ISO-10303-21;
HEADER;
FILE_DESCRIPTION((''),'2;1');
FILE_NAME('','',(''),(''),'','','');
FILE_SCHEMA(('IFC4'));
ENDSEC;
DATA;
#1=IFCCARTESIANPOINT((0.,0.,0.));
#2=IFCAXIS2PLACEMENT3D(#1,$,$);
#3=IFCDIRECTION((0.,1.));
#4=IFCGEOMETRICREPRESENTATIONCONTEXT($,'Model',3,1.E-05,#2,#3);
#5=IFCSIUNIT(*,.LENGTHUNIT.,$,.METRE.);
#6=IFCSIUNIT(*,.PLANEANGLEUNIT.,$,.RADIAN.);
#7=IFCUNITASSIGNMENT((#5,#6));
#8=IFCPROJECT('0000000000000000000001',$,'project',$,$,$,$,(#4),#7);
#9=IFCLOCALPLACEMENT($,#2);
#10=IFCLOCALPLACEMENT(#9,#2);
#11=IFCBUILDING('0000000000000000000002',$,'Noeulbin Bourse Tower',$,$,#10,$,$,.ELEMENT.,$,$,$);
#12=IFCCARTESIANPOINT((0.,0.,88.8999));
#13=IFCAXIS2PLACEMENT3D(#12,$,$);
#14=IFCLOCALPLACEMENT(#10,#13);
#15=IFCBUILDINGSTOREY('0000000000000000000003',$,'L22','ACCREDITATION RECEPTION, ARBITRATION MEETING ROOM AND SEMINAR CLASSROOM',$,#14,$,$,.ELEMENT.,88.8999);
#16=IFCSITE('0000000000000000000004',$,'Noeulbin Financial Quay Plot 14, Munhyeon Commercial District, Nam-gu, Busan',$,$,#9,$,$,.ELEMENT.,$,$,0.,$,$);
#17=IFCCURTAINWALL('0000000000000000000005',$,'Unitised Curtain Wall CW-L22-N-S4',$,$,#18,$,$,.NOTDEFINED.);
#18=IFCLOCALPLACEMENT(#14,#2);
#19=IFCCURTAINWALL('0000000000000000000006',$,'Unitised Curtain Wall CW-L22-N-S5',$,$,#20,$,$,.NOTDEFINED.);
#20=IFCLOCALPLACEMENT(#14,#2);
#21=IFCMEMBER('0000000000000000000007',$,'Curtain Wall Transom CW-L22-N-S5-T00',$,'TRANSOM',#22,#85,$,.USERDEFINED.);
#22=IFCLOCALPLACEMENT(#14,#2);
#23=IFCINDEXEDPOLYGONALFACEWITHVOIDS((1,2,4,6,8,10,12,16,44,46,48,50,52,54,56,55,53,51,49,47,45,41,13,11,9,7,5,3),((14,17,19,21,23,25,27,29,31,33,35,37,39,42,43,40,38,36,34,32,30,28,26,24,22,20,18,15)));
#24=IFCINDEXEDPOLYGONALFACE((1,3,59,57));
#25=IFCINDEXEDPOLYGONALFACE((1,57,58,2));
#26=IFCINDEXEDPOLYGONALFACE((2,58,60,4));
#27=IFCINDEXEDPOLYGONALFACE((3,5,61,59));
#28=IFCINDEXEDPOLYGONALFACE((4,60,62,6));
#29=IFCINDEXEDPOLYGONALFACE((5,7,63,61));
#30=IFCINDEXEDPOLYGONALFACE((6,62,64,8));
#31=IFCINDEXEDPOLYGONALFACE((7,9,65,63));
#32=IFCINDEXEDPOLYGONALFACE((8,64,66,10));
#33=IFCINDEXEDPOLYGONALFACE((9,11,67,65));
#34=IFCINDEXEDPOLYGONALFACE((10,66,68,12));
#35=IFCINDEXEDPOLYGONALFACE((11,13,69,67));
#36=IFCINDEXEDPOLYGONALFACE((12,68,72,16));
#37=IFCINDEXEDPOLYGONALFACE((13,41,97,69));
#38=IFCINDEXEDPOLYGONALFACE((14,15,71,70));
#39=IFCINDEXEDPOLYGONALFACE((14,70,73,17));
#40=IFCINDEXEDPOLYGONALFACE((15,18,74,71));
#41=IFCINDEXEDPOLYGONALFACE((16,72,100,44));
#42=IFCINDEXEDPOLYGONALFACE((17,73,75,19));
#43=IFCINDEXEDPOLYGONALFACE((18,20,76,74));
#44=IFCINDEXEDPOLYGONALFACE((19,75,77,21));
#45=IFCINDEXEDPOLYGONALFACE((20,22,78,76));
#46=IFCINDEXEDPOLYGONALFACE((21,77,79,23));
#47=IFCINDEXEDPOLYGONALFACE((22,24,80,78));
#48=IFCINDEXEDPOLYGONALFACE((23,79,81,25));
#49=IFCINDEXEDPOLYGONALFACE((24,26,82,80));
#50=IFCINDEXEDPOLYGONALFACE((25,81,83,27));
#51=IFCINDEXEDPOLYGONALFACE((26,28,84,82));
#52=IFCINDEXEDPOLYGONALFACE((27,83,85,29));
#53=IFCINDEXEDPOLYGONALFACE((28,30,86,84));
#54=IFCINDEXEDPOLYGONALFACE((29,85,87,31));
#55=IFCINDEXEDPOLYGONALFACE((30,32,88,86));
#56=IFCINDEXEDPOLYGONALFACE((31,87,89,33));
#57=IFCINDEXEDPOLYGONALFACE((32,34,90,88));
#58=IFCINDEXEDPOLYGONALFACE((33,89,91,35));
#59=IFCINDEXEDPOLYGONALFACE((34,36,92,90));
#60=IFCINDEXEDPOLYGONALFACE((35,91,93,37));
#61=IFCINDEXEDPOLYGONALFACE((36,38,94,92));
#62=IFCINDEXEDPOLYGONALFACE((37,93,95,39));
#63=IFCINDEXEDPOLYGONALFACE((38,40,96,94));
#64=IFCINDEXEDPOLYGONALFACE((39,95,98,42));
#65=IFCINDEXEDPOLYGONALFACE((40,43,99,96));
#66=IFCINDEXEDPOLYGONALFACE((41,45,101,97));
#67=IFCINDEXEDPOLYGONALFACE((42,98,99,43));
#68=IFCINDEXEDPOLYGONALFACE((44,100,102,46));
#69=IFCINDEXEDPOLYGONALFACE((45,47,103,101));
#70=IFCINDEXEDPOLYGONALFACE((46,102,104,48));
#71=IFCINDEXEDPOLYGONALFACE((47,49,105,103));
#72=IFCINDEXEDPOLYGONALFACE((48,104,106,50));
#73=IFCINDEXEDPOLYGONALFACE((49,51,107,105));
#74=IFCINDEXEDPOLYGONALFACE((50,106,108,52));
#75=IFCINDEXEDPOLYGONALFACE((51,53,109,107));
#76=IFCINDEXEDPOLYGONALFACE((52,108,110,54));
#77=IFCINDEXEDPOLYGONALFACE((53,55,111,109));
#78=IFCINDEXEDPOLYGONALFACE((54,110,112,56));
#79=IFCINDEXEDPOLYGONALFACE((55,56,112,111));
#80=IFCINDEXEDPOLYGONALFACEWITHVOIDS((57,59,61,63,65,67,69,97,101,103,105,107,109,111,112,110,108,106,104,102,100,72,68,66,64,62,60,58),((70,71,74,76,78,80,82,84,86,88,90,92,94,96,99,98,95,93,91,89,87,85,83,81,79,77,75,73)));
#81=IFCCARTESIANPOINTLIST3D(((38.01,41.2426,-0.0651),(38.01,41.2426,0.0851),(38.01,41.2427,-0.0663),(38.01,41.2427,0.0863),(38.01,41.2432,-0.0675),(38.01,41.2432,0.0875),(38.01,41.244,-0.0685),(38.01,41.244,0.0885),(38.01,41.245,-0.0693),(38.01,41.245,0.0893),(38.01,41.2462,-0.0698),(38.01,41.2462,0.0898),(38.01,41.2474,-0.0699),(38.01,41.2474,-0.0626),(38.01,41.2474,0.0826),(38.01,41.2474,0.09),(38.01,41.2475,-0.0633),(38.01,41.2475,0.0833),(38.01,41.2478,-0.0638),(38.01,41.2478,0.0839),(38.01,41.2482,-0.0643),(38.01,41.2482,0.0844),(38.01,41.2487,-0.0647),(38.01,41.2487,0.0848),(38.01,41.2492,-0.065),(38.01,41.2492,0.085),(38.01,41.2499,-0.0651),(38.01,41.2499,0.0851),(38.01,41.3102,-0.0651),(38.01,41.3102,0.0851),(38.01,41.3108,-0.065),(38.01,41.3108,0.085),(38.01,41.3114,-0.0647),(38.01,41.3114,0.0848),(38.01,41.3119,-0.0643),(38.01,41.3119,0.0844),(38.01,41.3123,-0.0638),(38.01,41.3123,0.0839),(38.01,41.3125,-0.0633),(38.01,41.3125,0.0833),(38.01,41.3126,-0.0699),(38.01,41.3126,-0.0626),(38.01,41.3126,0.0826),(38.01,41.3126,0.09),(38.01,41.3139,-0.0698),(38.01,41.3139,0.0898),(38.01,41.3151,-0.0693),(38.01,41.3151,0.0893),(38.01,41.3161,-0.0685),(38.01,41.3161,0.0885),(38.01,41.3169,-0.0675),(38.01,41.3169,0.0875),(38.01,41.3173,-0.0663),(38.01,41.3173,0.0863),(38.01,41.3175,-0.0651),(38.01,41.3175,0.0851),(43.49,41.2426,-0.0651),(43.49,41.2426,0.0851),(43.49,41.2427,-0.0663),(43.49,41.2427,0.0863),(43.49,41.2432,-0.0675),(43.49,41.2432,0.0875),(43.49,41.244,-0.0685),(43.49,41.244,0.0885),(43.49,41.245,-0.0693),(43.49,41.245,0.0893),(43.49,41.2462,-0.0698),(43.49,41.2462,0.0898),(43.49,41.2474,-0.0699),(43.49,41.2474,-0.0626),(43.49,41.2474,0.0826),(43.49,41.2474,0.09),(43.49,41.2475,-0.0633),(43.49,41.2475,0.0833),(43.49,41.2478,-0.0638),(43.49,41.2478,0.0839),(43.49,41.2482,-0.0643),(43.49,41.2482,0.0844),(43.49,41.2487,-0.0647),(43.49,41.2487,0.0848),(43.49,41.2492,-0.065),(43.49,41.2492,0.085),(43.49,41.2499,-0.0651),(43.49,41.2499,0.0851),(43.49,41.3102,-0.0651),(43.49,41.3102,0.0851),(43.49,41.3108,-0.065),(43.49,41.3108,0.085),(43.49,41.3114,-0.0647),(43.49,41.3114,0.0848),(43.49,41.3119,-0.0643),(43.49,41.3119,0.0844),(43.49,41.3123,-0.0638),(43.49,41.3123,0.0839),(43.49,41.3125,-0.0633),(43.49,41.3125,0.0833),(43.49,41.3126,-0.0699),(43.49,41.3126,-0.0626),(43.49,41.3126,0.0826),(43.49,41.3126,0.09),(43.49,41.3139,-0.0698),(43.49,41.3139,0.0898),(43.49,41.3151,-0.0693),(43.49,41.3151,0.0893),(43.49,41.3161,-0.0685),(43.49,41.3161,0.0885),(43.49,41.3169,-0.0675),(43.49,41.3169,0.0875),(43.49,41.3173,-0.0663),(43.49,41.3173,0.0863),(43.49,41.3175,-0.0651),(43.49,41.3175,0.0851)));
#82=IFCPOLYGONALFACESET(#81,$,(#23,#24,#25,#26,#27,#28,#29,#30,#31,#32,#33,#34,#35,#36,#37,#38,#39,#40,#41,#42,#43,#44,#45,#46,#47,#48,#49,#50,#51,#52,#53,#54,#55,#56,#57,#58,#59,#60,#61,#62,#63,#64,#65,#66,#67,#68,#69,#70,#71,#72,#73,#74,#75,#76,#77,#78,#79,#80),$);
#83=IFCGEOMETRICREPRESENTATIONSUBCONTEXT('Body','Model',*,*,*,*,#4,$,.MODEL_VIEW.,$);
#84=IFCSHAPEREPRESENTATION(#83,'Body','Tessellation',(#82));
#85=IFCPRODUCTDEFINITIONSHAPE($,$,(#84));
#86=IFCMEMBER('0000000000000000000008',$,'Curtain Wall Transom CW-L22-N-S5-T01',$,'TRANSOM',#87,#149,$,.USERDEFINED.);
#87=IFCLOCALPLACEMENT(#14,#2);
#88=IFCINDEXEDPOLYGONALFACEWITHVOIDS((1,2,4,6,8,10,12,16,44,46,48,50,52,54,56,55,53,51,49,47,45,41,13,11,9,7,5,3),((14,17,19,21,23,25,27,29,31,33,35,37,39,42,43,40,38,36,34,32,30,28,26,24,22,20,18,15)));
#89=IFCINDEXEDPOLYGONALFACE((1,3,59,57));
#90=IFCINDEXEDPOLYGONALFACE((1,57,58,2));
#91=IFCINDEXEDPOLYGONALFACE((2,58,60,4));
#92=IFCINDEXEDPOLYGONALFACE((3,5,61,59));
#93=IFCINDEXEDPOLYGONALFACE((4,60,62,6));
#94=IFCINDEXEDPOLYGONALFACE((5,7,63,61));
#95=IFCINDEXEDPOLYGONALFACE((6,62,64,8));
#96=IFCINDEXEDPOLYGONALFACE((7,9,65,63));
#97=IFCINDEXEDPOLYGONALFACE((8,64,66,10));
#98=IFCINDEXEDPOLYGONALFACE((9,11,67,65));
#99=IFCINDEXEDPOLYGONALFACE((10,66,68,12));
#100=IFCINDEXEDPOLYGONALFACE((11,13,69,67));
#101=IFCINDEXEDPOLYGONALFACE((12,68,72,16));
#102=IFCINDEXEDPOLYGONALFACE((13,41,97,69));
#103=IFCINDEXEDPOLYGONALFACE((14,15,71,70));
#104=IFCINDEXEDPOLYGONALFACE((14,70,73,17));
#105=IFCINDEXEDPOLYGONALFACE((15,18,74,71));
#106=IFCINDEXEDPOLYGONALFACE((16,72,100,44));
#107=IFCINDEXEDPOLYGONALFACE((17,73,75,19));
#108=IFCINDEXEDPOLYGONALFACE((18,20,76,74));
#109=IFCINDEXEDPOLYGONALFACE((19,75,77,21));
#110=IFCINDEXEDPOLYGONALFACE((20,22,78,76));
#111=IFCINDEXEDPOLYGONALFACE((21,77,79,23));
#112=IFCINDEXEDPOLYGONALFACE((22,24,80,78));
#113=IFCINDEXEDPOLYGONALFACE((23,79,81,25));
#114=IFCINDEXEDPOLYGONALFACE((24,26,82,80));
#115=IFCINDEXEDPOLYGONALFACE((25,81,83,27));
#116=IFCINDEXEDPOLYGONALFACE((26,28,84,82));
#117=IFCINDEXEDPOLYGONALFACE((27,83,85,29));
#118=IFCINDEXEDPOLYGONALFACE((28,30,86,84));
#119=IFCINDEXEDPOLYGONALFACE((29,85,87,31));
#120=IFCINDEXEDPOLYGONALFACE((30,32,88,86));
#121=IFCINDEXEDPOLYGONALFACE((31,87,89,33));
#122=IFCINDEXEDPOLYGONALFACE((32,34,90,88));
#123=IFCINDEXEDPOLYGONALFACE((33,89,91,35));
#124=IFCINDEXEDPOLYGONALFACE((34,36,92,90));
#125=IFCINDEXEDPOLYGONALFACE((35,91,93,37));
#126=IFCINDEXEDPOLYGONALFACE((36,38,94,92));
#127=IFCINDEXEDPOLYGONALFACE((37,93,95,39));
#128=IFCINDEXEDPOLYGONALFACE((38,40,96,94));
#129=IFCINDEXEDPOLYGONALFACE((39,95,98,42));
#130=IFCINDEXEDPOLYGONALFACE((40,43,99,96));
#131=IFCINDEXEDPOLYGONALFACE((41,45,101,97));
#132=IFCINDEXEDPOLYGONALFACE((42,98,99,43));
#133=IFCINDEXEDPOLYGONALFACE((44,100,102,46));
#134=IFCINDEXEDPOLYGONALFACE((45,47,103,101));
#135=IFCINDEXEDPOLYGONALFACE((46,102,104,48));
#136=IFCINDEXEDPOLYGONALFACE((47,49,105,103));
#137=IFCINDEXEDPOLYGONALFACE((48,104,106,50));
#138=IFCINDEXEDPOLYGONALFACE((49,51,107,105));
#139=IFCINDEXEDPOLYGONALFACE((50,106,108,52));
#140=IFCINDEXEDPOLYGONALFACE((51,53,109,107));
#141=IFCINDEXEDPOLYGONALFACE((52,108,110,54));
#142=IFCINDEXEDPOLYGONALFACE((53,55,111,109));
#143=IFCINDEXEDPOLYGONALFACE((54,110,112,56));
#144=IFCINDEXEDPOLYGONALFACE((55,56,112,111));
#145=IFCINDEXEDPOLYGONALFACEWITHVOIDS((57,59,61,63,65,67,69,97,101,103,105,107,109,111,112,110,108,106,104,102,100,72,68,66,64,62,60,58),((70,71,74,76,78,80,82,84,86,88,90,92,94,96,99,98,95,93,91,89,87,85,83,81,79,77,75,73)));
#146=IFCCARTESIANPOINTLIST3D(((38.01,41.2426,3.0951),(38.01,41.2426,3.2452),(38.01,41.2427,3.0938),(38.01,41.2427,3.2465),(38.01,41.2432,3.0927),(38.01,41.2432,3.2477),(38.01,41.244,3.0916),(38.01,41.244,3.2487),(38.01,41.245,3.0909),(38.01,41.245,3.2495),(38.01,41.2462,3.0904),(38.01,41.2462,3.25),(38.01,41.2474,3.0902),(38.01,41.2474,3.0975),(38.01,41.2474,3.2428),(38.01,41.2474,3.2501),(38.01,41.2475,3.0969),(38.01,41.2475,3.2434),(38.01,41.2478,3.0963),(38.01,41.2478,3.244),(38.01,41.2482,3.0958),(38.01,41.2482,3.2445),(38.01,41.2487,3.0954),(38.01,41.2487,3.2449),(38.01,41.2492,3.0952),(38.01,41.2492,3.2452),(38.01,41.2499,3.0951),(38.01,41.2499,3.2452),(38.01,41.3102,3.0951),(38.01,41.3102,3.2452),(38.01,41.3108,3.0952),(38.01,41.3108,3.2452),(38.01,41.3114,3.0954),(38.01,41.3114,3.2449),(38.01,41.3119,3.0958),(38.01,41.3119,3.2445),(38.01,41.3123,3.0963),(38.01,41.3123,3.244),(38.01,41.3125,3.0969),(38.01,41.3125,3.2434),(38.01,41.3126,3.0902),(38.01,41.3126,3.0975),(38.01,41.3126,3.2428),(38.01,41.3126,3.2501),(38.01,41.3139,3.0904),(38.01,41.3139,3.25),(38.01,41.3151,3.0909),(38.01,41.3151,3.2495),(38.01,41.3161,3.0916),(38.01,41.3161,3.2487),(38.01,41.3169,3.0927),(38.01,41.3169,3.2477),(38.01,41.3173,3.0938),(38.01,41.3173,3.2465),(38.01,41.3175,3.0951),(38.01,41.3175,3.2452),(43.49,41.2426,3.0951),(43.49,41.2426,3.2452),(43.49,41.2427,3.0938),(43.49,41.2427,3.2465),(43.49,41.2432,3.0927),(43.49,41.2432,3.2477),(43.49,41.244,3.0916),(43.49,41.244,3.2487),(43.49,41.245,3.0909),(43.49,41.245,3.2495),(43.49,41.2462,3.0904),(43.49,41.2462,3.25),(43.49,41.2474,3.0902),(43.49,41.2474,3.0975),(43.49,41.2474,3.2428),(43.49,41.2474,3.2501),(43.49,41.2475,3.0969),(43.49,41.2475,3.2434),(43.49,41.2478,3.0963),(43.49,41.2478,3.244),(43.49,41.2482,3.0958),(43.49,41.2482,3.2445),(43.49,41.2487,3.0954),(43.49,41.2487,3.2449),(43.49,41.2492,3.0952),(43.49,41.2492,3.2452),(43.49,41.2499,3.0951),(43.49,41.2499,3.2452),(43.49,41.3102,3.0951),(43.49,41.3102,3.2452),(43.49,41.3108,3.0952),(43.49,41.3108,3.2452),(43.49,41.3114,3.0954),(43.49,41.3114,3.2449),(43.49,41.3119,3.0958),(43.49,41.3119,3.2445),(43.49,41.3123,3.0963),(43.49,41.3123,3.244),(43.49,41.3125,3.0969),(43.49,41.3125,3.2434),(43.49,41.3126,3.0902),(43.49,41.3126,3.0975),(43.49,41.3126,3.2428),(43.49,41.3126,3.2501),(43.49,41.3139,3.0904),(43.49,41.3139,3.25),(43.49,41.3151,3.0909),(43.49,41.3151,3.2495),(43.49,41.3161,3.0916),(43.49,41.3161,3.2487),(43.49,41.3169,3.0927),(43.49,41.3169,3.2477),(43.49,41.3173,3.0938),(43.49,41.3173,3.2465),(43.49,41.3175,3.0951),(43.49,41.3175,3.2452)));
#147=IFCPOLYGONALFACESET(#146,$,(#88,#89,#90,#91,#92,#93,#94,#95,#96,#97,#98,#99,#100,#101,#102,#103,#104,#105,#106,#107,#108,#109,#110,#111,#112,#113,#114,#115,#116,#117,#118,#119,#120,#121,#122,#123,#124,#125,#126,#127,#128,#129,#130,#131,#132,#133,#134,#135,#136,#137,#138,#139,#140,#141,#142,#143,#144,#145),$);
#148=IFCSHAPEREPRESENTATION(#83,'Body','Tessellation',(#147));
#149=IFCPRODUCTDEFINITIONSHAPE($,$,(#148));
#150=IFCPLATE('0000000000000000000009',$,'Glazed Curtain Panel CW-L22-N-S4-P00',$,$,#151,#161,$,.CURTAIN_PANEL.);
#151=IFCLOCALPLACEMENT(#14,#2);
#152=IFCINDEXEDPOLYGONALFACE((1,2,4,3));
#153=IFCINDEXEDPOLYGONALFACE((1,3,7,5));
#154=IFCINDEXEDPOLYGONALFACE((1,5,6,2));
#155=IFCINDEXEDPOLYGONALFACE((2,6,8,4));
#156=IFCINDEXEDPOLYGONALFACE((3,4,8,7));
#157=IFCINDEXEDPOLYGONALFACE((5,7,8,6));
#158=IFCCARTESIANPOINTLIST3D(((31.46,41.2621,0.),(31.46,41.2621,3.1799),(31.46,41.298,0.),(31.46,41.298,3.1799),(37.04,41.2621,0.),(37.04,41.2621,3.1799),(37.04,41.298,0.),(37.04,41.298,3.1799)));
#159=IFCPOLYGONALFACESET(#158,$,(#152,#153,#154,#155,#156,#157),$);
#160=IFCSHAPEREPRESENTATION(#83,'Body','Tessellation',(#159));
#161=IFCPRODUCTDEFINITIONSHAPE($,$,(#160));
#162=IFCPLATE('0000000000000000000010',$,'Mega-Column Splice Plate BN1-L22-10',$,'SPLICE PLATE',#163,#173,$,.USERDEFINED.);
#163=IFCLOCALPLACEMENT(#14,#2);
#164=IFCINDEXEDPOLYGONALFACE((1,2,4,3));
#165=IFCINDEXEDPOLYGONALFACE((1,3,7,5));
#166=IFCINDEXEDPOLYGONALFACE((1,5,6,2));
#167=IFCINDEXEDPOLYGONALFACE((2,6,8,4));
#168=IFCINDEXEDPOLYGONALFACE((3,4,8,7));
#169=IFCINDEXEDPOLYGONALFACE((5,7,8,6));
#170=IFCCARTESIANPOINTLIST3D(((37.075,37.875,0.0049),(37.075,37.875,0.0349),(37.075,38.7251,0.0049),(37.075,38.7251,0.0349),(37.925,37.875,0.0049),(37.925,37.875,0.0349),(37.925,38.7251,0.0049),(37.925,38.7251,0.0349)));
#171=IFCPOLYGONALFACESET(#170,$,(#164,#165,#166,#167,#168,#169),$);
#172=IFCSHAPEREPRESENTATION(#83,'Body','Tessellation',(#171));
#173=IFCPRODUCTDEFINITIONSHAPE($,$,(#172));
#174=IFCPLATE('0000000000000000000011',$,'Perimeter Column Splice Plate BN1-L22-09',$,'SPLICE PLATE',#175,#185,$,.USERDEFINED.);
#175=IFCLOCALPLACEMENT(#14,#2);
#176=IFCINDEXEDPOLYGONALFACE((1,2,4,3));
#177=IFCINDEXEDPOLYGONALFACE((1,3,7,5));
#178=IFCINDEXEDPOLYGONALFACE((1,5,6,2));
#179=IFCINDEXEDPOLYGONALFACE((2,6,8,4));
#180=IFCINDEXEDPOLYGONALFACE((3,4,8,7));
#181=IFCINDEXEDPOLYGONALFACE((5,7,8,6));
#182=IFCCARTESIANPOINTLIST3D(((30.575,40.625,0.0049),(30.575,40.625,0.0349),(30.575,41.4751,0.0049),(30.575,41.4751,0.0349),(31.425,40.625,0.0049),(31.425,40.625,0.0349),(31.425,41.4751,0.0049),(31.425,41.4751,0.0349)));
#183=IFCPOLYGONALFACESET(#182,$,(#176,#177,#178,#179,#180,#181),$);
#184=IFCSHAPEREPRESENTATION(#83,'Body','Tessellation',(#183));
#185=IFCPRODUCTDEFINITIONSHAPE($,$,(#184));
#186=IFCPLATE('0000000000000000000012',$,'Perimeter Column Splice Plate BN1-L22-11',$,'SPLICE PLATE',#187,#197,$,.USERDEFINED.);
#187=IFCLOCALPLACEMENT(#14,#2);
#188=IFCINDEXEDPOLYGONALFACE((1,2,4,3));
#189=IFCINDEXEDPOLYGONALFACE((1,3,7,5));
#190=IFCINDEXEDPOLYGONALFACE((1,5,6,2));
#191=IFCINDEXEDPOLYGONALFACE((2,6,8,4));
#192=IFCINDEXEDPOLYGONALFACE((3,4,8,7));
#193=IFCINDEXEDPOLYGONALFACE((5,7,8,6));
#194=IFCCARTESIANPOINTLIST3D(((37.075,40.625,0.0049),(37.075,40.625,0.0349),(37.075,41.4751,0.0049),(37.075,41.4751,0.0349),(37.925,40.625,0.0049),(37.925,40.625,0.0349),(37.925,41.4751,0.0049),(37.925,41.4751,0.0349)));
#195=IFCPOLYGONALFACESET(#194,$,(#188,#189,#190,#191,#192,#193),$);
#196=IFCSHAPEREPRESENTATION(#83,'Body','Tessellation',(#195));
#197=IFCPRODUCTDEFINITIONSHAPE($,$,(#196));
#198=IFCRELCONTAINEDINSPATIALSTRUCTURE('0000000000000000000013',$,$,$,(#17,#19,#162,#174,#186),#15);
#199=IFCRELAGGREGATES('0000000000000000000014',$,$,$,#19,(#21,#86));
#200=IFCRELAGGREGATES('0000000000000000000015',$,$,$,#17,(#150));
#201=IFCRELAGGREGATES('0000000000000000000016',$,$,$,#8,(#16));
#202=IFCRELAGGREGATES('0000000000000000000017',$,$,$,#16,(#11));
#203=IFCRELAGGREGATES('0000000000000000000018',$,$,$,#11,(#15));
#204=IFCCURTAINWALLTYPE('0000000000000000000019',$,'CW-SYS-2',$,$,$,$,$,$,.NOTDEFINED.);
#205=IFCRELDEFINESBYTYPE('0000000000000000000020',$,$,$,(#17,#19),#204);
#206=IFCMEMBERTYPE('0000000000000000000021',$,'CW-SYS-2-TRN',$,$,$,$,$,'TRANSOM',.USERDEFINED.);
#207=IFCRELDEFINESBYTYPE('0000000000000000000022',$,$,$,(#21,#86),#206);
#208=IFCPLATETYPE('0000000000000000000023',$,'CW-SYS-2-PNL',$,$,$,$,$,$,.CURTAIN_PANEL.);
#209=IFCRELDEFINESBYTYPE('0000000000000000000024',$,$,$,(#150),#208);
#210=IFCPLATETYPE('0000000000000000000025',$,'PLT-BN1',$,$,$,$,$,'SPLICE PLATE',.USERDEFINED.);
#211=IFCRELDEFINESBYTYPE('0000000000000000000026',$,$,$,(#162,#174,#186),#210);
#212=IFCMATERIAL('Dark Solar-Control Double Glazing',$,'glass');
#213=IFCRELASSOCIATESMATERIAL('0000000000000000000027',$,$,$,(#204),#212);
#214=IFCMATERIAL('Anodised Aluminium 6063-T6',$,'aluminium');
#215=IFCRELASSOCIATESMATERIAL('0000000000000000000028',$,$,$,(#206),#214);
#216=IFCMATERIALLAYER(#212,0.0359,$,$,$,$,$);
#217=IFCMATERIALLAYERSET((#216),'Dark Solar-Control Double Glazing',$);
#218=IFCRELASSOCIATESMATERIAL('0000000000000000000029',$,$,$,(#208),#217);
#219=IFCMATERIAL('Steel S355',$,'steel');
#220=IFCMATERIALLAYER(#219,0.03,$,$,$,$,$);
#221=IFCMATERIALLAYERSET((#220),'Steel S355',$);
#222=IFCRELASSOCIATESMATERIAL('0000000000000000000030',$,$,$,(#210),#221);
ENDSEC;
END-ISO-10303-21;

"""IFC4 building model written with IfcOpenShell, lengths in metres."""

from ifc_helpers import new_model, si_unit, direction, frame, origin, origin_2d, place, context, subcontext, project, spatial, rectangle, hollow_rectangle, extrude, material, layer, layer_set, material_profile, profile_set, type_object, element, aggregate, save


model = new_model("IFC4")

# Units and contexts
model_context = context("Model", 3, precision=1e-05, world=origin(), true_north=direction((0.0, 1.0)))
body_context = subcontext(model_context, "Body", "Model", "MODEL_VIEW")
ifc_project = project(units=[si_unit("LENGTHUNIT", "METRE"), si_unit("PLANEANGLEUNIT", "RADIAN")], contexts=[model_context])

# Site, building, storey
site_placement = place(None, origin())
site = spatial("IfcSite", under=ifc_project, at=site_placement, Name="Noeulbin Financial Quay Plot 14, Munhyeon Commercial District, Nam-gu, Busan", CompositionType="ELEMENT", RefElevation=0.0)
building_placement = place(site_placement, origin())
building = spatial("IfcBuilding", under=site, at=building_placement, Name="Noeulbin Bourse Tower", CompositionType="ELEMENT")
storey_placement = place(building_placement, frame((0.0, 0.0, 88.8999)))
storey = spatial("IfcBuildingStorey", under=building, at=storey_placement, Name="L22", Description="ACCREDITATION RECEPTION, ARBITRATION MEETING ROOM AND SEMINAR CLASSROOM", CompositionType="ELEMENT", Elevation=88.8999)

# Shared definitions
ifc_material_1 = material(Name="Steel S355", Category="steel")

# Shared definitions
ifc_material_2 = material(Name="Dark Solar-Control Double Glazing", Category="glass")
curtain_wall_type = type_object("IfcCurtainWallType", Name="CW-SYS-2", PredefinedType="NOTDEFINED", material=ifc_material_2)
ifc_material_3 = material(Name="Anodised Aluminium 6063-T6", Category="aluminium")

# Curtain wall
curtain_wall_1_placement = place(storey_placement, origin())
curtain_wall_1 = element("IfcCurtainWall", 1, at=curtain_wall_1_placement, inside=storey, type_object=curtain_wall_type, Name="Unitised Curtain Wall CW-L22-N-S4", PredefinedType="NOTDEFINED")

# Curtain wall
curtain_wall_2_placement = place(storey_placement, origin())
curtain_wall_2 = element("IfcCurtainWall", 2, at=curtain_wall_2_placement, inside=storey, type_object=curtain_wall_type, Name="Unitised Curtain Wall CW-L22-N-S5", PredefinedType="NOTDEFINED")

# Members
ifc_material_profile_1 = material_profile(ifc_material_3, hollow_rectangle(XDim=0.075, YDim=0.1599, WallThickness=0.0049, InnerFilletRadius=0.0024, OuterFilletRadius=0.0049, at=origin_2d()), Name="ALU-TRAN-75x160x5", Category="LoadBearing")
ifc_profile_set_1 = profile_set([ifc_material_profile_1], Name="Anodised Aluminium 6063-T6")
member_type_1 = type_object("IfcMemberType", Name="CW-SYS-2-TRN", ElementType="TRANSOM", PredefinedType="USERDEFINED", material=ifc_profile_set_1)
member_1_placement = place(storey_placement, frame((38.01, 41.28, 0.01), z_axis=(1.0, 0.0, 0.0), x_axis=(0.0, 1.0, 0.0)))
member_1 = element("IfcMember", 3, at=member_1_placement, type_object=member_type_1, Name="Curtain Wall Transom CW-L22-N-S5-T00", ObjectType="TRANSOM", PredefinedType="USERDEFINED", context=body_context, shape_type="SweptSolid", body=[
    extrude(hollow_rectangle(XDim=0.075, YDim=0.1599, WallThickness=0.0049, InnerFilletRadius=0.0024, OuterFilletRadius=0.0049, at=origin_2d()), origin(), (0.0, 0.0, 1.0), 5.48),
])
member_2_placement = place(storey_placement, frame((38.01, 41.28, 3.1702), z_axis=(1.0, 0.0, 0.0), x_axis=(0.0, 1.0, 0.0)))
member_2 = element("IfcMember", 4, at=member_2_placement, type_object=member_type_1, Name="Curtain Wall Transom CW-L22-N-S5-T01", ObjectType="TRANSOM", PredefinedType="USERDEFINED", context=body_context, shape_type="SweptSolid", body=[
    extrude(hollow_rectangle(XDim=0.075, YDim=0.1599, WallThickness=0.0049, InnerFilletRadius=0.0024, OuterFilletRadius=0.0049, at=origin_2d()), origin(), (0.0, 0.0, 1.0), 5.48),
])
aggregate(curtain_wall_2, [member_1, member_2])

# Plate
ifc_layer_1 = layer(ifc_material_2, 0.0359)
ifc_layer_set_1 = layer_set([ifc_layer_1], Name="Dark Solar-Control Double Glazing")
plate_type_1 = type_object("IfcPlateType", Name="CW-SYS-2-PNL", PredefinedType="CURTAIN_PANEL", material=ifc_layer_set_1)
plate_placement = place(storey_placement, frame((34.25, 41.28, 0.0), z_axis=(0.0, 0.0, 1.0), x_axis=(1.0, 0.0, 0.0)))
plate = element("IfcPlate", 5, at=plate_placement, type_object=plate_type_1, Name="Glazed Curtain Panel CW-L22-N-S4-P00", PredefinedType="CURTAIN_PANEL", context=body_context, shape_type="SweptSolid", body=[
    extrude(rectangle(XDim=5.5801, YDim=0.0359, at=origin_2d()), origin(), (0.0, 0.0, 1.0), 3.1799),
])
aggregate(curtain_wall_1, [plate])

# Plates
ifc_layer_2 = layer(ifc_material_1, 0.03)
ifc_layer_set_2 = layer_set([ifc_layer_2], Name="Steel S355")
plate_type_2 = type_object("IfcPlateType", Name="PLT-BN1", ElementType="SPLICE PLATE", PredefinedType="USERDEFINED", material=ifc_layer_set_2)
for number, where, z_axis, x_axis, name in (
    (6, (37.5, 38.3, 0.0049), (0.0, 0.0, 1.0), (1.0, 0.0, 0.0), "Mega-Column Splice Plate BN1-L22-10"),
    (7, (31.0, 41.05, 0.0049), (0.0, 0.0, 1.0), (1.0, 0.0, 0.0), "Perimeter Column Splice Plate BN1-L22-09"),
    (8, (37.5, 41.05, 0.0049), (0.0, 0.0, 1.0), (1.0, 0.0, 0.0), "Perimeter Column Splice Plate BN1-L22-11"),
):
    element("IfcPlate", number, at=place(storey_placement, frame(where, z_axis=z_axis, x_axis=x_axis)), inside=storey, type_object=plate_type_2, Name=name, ObjectType="SPLICE PLATE", PredefinedType="USERDEFINED", context=body_context, shape_type="SweptSolid", body=[
        extrude(rectangle(XDim=0.8501, YDim=0.8501, at=origin_2d()), origin(), (0.0, 0.0, 1.0), 0.03),
    ])

save(model, "model.ifc")
